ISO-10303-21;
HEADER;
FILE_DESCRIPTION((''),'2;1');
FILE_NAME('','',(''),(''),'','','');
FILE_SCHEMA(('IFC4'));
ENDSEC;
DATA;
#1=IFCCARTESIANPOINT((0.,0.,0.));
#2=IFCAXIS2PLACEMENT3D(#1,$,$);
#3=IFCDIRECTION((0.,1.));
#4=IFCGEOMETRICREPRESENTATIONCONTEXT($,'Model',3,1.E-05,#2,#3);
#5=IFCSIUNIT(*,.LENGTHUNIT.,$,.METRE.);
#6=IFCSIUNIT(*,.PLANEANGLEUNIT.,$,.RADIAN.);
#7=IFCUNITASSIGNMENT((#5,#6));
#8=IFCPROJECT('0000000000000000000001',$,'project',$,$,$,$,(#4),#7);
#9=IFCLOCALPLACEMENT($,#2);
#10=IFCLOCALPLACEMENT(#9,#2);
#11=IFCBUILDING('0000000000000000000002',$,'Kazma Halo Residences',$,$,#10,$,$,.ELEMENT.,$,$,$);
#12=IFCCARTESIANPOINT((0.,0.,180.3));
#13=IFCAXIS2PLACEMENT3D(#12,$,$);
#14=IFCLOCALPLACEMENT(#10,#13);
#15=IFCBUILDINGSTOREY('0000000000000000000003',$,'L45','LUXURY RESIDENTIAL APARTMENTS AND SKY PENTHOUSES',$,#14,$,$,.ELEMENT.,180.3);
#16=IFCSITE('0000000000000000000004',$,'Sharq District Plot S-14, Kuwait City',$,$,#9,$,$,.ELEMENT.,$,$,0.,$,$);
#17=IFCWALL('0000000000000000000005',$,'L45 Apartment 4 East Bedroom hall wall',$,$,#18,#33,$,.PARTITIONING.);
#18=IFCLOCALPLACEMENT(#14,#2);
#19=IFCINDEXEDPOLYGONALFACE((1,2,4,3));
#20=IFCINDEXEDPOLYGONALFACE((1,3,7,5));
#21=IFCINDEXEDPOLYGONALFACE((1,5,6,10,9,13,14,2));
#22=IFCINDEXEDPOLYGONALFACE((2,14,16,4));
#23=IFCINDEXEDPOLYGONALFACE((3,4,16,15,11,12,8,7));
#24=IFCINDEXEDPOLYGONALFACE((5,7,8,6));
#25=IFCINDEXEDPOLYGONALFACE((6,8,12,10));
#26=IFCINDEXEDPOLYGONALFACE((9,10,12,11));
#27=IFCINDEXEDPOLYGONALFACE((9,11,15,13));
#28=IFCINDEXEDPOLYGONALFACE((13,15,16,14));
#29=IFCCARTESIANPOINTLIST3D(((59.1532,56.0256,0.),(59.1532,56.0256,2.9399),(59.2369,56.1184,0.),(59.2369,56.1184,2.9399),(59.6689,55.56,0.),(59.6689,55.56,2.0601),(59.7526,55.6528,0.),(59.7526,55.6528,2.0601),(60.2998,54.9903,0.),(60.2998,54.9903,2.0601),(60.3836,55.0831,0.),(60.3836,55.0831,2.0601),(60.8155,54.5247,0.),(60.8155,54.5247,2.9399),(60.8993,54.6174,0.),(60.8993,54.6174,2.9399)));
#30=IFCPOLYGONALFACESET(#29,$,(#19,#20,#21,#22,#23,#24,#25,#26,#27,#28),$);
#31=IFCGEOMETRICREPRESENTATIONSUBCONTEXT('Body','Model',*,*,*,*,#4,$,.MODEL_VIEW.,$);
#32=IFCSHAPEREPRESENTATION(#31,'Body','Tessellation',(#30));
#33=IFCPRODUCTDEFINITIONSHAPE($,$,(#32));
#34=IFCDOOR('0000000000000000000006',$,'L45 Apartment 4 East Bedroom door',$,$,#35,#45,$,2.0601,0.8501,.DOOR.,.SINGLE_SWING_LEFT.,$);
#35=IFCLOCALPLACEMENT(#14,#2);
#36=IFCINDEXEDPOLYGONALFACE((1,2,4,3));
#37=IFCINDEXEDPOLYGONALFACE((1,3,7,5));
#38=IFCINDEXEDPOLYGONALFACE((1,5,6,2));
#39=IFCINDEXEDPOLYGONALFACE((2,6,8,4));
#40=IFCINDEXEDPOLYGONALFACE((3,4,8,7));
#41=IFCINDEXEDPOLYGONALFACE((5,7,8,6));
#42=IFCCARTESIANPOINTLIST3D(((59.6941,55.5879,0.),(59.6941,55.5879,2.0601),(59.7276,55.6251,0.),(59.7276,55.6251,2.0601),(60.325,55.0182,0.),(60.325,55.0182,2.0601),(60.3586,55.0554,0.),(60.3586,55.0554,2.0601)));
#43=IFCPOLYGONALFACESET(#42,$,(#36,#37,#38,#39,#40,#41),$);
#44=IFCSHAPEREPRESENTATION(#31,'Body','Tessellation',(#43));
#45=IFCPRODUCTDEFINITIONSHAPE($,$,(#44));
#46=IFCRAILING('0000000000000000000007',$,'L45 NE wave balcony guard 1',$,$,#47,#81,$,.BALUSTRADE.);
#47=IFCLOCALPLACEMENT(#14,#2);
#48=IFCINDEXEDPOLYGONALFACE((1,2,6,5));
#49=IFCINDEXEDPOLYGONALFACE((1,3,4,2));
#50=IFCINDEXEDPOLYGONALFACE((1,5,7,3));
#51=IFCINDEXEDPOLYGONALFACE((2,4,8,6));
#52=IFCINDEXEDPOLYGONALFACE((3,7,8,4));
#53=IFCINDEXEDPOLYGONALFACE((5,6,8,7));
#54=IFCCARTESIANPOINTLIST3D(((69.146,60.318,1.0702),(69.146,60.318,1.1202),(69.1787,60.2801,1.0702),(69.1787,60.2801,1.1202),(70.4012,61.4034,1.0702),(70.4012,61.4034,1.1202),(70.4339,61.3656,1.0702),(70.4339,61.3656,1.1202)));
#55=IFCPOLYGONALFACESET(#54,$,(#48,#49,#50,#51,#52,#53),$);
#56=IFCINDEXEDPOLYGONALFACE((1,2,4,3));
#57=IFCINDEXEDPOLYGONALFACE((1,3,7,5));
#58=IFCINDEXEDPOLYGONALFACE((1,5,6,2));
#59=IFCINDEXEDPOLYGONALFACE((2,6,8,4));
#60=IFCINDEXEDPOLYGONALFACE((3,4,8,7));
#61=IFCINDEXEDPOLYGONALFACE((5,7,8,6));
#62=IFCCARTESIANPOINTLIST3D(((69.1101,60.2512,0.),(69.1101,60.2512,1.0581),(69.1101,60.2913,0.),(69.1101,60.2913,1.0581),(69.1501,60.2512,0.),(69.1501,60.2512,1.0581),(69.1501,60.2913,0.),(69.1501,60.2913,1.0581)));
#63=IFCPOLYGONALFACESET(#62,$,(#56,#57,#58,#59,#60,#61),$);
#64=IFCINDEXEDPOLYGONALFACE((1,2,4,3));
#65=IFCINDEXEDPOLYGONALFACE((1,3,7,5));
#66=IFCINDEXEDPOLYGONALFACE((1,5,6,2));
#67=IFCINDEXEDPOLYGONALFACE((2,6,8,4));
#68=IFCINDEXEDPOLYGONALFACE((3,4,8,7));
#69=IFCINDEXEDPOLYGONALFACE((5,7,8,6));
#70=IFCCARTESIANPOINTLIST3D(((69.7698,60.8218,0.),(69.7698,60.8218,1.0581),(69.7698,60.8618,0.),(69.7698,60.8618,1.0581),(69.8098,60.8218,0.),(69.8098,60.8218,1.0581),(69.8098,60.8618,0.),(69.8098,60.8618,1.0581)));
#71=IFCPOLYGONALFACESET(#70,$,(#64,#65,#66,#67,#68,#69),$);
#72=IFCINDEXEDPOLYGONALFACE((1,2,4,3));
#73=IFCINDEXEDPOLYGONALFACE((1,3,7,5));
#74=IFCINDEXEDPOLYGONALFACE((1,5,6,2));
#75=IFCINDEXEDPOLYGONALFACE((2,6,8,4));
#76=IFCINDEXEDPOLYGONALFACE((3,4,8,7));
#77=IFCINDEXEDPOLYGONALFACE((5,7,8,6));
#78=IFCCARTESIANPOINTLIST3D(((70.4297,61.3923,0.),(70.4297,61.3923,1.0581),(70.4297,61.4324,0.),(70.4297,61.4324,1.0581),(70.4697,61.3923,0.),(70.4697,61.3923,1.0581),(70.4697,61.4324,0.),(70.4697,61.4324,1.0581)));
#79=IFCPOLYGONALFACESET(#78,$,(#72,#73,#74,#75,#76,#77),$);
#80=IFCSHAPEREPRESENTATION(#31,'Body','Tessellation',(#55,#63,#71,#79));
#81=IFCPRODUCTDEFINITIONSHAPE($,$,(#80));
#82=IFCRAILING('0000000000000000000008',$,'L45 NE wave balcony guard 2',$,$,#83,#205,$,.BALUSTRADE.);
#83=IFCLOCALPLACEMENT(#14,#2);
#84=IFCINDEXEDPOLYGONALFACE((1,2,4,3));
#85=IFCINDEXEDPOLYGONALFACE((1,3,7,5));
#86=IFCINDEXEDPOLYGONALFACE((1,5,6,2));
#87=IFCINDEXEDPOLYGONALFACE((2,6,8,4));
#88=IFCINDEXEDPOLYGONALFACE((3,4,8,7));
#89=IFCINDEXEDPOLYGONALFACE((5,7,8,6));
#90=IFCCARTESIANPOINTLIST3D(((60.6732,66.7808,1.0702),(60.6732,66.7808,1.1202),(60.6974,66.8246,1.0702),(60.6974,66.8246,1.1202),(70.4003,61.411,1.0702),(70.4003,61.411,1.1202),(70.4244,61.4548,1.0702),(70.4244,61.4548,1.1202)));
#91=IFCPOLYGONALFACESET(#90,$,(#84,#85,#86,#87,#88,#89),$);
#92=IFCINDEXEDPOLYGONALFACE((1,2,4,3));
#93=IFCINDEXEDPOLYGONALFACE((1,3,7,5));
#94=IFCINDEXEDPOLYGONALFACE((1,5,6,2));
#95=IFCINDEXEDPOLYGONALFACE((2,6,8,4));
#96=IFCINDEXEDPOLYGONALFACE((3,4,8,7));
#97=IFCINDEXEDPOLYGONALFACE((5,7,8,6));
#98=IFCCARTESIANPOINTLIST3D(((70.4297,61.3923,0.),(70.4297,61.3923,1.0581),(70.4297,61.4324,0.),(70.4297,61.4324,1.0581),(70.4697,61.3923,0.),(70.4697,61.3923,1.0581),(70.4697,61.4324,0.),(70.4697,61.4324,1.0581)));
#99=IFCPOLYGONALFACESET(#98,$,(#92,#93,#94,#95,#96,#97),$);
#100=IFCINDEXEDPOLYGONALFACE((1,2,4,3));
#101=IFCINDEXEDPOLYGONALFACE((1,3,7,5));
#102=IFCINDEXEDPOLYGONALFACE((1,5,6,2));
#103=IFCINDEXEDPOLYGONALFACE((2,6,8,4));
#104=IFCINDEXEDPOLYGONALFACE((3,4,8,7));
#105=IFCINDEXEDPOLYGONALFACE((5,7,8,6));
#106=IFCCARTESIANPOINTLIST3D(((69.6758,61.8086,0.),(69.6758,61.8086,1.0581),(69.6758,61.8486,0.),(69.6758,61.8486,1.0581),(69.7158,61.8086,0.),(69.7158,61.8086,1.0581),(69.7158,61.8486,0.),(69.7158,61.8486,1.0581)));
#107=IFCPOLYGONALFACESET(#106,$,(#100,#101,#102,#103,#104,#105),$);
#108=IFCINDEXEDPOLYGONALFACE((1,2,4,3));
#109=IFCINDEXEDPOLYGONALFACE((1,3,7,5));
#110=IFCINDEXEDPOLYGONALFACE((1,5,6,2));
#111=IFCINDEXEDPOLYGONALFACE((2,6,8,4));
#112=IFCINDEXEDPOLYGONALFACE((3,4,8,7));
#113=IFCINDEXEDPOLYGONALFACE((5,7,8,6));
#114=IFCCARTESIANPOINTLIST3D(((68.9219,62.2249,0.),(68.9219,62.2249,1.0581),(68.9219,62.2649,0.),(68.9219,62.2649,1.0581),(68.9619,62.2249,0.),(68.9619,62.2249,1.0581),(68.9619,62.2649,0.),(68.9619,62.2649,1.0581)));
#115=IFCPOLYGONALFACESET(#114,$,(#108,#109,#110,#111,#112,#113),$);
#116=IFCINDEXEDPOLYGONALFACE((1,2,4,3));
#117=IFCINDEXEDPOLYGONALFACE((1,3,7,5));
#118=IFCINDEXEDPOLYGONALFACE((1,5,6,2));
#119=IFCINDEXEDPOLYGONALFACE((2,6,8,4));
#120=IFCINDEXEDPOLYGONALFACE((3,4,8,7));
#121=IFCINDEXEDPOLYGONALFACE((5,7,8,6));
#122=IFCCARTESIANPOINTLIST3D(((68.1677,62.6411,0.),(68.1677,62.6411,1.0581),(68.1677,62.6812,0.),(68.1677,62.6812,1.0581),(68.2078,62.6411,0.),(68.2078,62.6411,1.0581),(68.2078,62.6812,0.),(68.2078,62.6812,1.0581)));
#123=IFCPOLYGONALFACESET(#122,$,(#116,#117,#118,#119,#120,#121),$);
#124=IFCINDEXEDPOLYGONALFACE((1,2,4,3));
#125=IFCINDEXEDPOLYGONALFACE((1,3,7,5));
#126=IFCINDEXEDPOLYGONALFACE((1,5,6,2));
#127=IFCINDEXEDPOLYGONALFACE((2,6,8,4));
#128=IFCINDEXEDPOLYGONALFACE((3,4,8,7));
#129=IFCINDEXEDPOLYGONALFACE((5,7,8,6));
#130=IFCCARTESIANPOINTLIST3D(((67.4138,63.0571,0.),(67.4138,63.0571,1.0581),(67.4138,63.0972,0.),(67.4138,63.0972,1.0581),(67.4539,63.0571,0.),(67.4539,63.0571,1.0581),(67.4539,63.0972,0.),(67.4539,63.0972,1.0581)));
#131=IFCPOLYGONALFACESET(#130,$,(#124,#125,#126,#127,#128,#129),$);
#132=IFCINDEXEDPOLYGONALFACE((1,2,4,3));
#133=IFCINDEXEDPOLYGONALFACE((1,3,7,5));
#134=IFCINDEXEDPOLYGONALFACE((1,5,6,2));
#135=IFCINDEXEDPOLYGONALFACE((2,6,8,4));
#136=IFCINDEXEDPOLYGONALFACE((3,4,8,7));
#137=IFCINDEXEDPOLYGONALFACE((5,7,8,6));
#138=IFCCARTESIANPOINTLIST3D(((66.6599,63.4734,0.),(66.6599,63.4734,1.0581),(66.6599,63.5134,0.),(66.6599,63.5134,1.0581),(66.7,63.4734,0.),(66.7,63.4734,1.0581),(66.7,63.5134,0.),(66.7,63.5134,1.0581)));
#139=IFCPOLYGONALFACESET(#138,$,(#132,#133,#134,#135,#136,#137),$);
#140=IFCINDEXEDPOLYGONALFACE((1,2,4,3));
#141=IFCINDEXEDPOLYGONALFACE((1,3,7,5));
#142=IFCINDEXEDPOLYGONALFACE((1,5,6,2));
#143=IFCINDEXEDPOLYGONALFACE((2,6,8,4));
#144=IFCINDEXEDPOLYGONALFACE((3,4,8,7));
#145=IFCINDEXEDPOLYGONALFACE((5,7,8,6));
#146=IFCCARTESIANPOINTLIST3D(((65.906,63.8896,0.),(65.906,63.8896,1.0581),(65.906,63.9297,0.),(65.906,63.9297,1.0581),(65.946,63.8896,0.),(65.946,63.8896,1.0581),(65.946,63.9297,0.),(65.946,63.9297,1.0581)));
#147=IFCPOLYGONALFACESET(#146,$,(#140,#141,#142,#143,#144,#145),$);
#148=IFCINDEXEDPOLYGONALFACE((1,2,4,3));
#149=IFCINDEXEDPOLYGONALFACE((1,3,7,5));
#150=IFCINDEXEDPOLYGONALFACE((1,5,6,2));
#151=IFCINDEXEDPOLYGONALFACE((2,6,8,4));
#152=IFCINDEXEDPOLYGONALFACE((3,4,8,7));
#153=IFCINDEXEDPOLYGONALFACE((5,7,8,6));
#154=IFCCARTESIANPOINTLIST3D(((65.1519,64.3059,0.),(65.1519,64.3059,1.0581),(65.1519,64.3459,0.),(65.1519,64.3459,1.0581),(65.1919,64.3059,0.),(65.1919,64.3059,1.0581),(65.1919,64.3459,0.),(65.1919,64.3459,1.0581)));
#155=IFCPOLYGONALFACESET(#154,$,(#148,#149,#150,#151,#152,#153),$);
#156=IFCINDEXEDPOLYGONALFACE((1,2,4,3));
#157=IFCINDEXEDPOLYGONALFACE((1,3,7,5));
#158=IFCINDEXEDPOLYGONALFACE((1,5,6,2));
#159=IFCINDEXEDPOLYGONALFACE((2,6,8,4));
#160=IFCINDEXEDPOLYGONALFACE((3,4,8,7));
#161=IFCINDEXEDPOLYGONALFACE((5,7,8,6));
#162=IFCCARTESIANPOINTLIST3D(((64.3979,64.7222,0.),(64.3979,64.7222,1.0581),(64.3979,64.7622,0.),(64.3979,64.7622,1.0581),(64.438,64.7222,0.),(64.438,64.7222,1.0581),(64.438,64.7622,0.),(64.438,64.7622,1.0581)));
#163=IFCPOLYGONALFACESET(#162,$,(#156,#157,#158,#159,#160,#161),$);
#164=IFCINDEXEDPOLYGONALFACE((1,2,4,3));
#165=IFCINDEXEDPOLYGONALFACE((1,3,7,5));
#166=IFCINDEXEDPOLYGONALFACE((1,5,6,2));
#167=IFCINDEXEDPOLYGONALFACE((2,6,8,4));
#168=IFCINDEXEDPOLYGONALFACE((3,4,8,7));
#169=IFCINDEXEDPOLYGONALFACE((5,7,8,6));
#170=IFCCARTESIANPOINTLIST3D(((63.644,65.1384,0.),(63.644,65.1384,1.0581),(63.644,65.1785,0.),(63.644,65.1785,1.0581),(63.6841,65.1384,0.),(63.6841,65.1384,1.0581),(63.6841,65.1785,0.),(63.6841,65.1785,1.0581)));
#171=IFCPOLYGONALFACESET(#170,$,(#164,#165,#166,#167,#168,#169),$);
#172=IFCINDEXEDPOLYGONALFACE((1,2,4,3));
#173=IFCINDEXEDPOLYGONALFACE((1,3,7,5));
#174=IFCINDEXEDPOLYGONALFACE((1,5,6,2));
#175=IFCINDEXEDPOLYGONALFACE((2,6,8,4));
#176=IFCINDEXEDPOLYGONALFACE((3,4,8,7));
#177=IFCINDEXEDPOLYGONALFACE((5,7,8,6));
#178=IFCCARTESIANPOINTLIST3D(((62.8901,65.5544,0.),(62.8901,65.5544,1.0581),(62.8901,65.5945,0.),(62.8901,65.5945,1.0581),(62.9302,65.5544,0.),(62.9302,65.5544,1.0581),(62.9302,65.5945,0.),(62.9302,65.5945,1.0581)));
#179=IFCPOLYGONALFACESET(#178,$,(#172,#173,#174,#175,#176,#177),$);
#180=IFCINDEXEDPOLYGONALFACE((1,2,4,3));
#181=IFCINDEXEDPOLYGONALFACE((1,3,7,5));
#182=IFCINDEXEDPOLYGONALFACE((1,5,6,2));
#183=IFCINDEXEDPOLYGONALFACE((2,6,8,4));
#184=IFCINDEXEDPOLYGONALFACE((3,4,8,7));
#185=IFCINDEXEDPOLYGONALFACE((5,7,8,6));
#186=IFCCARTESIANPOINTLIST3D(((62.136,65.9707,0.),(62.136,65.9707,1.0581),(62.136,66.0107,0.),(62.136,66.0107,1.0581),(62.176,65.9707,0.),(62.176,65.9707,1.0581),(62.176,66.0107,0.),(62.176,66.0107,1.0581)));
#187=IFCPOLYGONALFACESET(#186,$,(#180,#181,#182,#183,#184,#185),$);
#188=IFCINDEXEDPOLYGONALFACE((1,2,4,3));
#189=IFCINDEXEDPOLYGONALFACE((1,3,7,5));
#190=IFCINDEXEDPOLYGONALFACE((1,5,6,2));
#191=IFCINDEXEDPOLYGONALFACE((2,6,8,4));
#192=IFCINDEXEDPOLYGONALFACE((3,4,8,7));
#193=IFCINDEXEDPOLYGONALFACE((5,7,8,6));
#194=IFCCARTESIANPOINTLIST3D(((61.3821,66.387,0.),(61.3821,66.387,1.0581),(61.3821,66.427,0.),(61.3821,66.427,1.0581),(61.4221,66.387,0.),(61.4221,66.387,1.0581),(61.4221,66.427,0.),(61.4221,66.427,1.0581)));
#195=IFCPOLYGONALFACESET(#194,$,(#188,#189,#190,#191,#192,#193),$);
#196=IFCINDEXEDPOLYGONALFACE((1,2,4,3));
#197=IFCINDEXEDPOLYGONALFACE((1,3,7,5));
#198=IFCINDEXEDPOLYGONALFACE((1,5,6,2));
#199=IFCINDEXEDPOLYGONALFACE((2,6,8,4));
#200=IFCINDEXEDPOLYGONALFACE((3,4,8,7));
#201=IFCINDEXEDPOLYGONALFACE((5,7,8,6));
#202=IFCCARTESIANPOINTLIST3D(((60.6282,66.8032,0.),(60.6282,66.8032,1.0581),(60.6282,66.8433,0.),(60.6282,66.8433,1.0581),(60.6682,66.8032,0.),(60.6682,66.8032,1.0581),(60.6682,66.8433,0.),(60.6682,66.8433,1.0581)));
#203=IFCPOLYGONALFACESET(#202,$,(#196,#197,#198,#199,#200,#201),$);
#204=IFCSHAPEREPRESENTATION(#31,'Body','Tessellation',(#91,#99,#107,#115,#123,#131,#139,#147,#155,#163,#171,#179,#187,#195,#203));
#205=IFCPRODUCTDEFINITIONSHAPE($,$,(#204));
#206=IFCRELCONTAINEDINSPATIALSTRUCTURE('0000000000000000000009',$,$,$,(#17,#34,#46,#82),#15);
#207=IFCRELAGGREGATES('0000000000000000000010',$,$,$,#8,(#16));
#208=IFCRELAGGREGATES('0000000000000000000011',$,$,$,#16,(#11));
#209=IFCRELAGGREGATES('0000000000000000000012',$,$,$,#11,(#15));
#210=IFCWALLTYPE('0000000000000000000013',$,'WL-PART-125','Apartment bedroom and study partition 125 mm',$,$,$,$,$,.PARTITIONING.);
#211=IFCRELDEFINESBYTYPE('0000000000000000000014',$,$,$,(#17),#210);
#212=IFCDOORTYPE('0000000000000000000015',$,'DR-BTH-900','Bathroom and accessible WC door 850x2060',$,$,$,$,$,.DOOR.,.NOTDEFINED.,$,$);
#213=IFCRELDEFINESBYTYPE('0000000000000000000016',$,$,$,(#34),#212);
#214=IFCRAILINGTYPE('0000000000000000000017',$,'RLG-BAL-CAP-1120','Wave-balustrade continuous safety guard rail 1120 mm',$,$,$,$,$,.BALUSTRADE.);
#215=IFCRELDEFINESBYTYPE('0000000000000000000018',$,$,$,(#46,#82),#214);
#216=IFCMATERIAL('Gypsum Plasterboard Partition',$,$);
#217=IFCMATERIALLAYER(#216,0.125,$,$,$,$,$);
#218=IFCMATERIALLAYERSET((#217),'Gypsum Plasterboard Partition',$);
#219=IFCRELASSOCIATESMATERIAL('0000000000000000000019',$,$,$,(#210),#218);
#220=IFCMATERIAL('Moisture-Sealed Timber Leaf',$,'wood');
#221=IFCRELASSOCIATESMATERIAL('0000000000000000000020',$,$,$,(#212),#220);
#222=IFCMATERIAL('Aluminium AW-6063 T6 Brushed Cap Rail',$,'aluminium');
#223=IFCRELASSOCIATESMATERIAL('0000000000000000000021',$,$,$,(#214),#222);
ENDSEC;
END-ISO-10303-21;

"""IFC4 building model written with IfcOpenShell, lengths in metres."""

from ifc_helpers import new_model, si_unit, direction, frame, frame_2d, origin, origin_2d, place, context, subcontext, project, spatial, rectangle, extrude, material, layer, layer_set, type_object, element, fill, save


model = new_model("IFC4")

# Units and contexts
model_context = context("Model", 3, precision=1e-05, world=origin(), true_north=direction((0.0, 1.0)))
body_context = subcontext(model_context, "Body", "Model", "MODEL_VIEW")
ifc_project = project(units=[si_unit("LENGTHUNIT", "METRE"), si_unit("PLANEANGLEUNIT", "RADIAN")], contexts=[model_context])

# Site, building, storey
site_placement = place(None, origin())
site = spatial("IfcSite", under=ifc_project, at=site_placement, Name="Sharq District Plot S-14, Kuwait City", CompositionType="ELEMENT", RefElevation=0.0)
building_placement = place(site_placement, origin())
building = spatial("IfcBuilding", under=site, at=building_placement, Name="Kazma Halo Residences", CompositionType="ELEMENT")
storey_placement = place(building_placement, frame((0.0, 0.0, 180.3)))
storey = spatial("IfcBuildingStorey", under=building, at=storey_placement, Name="L45", Description="LUXURY RESIDENTIAL APARTMENTS AND SKY PENTHOUSES", CompositionType="ELEMENT", Elevation=180.3)

# Shared definitions
ifc_material_1 = material(Name="Gypsum Plasterboard Partition")
ifc_layer_1 = layer(ifc_material_1, 0.125)
ifc_layer_set_1 = layer_set([ifc_layer_1], Name="Gypsum Plasterboard Partition")
wall_type_1 = type_object("IfcWallType", Name="WL-PART-125", Description="Apartment bedroom and study partition 125 mm", PredefinedType="PARTITIONING", material=ifc_layer_set_1)

# Wall, opening, door
wall_1_placement = place(storey_placement, frame((60.8574, 54.571, 0.0), z_axis=(0.0, 0.0, 1.0), x_axis=(-0.742215, 0.670162, 0.0)))
wall_1 = element("IfcWall", 1, at=wall_1_placement, inside=storey, type_object=wall_type_1, Name="L45 Apartment 4 East Bedroom hall wall", PredefinedType="PARTITIONING", context=body_context, shape_type="SweptSolid", body=[
    extrude(rectangle(XDim=2.2397, YDim=0.125, at=frame_2d((1.1199, 0.0))), origin(), (0.0, 0.0, 1.0), 2.9399),
])
opening_1_placement = place(wall_1_placement, frame((0.6948, 0.0, 0.0)))
opening_1 = element("IfcOpeningElement", 2, at=opening_1_placement, cuts=wall_1, PredefinedType="OPENING", context=body_context, shape_type="SweptSolid", body=[
    extrude(rectangle(XDim=0.8501, YDim=2.0601, at=frame_2d((0.425, 1.03))), frame((0.0, 0.0725, 0.0), z_axis=(0.0, -1.0, 0.0), x_axis=(1.0, 0.0, 0.0)), (0.0, 0.0, 1.0), 0.145),
])
ifc_material_2 = material(Name="Moisture-Sealed Timber Leaf", Category="wood")
door_type_1 = type_object("IfcDoorType", Name="DR-BTH-900", Description="Bathroom and accessible WC door 850x2060", OperationType="NOTDEFINED", PredefinedType="DOOR", material=ifc_material_2)
door_1_placement = place(opening_1_placement, origin())
door_1 = element("IfcDoor", 3, at=door_1_placement, inside=storey, type_object=door_type_1, Name="L45 Apartment 4 East Bedroom door", OperationType="SINGLE_SWING_LEFT", OverallHeight=2.0601, OverallWidth=0.8501, PredefinedType="DOOR", context=body_context, shape_type="SweptSolid", body=[
    extrude(rectangle(XDim=0.8501, YDim=2.0601, at=frame_2d((0.425, 1.03))), frame((0.0, 0.0249, 0.0), z_axis=(0.0, -1.0, 0.0), x_axis=(1.0, 0.0, 0.0)), (0.0, 0.0, 1.0), 0.05),
])
fill(opening_1, door_1)

# Railings
ifc_material_3 = material(Name="Aluminium AW-6063 T6 Brushed Cap Rail", Category="aluminium")
railing_type = type_object("IfcRailingType", Name="RLG-BAL-CAP-1120", Description="Wave-balustrade continuous safety guard rail 1120 mm", PredefinedType="BALUSTRADE", material=ifc_material_3)
railing_1_placement = place(storey_placement, frame((69.1301, 60.2712, 0.0)))
element("IfcRailing", 4, at=railing_1_placement, inside=storey, type_object=railing_type, Name="L45 NE wave balcony guard 1", PredefinedType="BALUSTRADE", context=body_context, shape_type="SweptSolid", body=[
    extrude(rectangle(XDim=0.05, YDim=0.05, at=origin_2d()), frame((0.0322, 0.0278, 1.0952), z_axis=(0.756404, 0.654104, 0.0), x_axis=(-0.654104, 0.756404, 0.0)), (0.0, 0.0, 1.0), 1.6594),
    extrude(rectangle(XDim=0.04, YDim=0.04, at=origin_2d()), origin(), (0.0, 0.0, 1.0), 1.0581),
    extrude(rectangle(XDim=0.04, YDim=0.04, at=origin_2d()), frame((0.6597, 0.5706, 0.0)), (0.0, 0.0, 1.0), 1.0581),
    extrude(rectangle(XDim=0.04, YDim=0.04, at=origin_2d()), frame((1.3196, 1.1411, 0.0)), (0.0, 0.0, 1.0), 1.0581),
])
railing_2_placement = place(storey_placement, frame((70.4497, 61.4124, 0.0)))
element("IfcRailing", 5, at=railing_2_placement, inside=storey, type_object=railing_type, Name="L45 NE wave balcony guard 2", PredefinedType="BALUSTRADE", context=body_context, shape_type="SweptSolid", body=[
    extrude(rectangle(XDim=0.05, YDim=0.05, at=origin_2d()), frame((-0.0374, 0.0205, 1.0952), z_axis=(-0.875458, 0.483294, 0.0), x_axis=(-0.483294, -0.875458, 0.0)), (0.0, 0.0, 1.0), 11.1108),
    extrude(rectangle(XDim=0.04, YDim=0.04, at=origin_2d()), origin(), (0.0, 0.0, 1.0), 1.0581),
    extrude(rectangle(XDim=0.04, YDim=0.04, at=origin_2d()), frame((-0.7539, 0.4163, 0.0)), (0.0, 0.0, 1.0), 1.0581),
    extrude(rectangle(XDim=0.04, YDim=0.04, at=origin_2d()), frame((-1.5078, 0.8325, 0.0)), (0.0, 0.0, 1.0), 1.0581),
    extrude(rectangle(XDim=0.04, YDim=0.04, at=origin_2d()), frame((-2.262, 1.2488, 0.0)), (0.0, 0.0, 1.0), 1.0581),
    extrude(rectangle(XDim=0.04, YDim=0.04, at=origin_2d()), frame((-3.0159, 1.6648, 0.0)), (0.0, 0.0, 1.0), 1.0581),
    extrude(rectangle(XDim=0.04, YDim=0.04, at=origin_2d()), frame((-3.7698, 2.0811, 0.0)), (0.0, 0.0, 1.0), 1.0581),
    extrude(rectangle(XDim=0.04, YDim=0.04, at=origin_2d()), frame((-4.5237, 2.4973, 0.0)), (0.0, 0.0, 1.0), 1.0581),
    extrude(rectangle(XDim=0.04, YDim=0.04, at=origin_2d()), frame((-5.2778, 2.9136, 0.0)), (0.0, 0.0, 1.0), 1.0581),
    extrude(rectangle(XDim=0.04, YDim=0.04, at=origin_2d()), frame((-6.0317, 3.3298, 0.0)), (0.0, 0.0, 1.0), 1.0581),
    extrude(rectangle(XDim=0.04, YDim=0.04, at=origin_2d()), frame((-6.7856, 3.7461, 0.0)), (0.0, 0.0, 1.0), 1.0581),
    extrude(rectangle(XDim=0.04, YDim=0.04, at=origin_2d()), frame((-7.5396, 4.1621, 0.0)), (0.0, 0.0, 1.0), 1.0581),
    extrude(rectangle(XDim=0.04, YDim=0.04, at=origin_2d()), frame((-8.2937, 4.5784, 0.0)), (0.0, 0.0, 1.0), 1.0581),
    extrude(rectangle(XDim=0.04, YDim=0.04, at=origin_2d()), frame((-9.0476, 4.9946, 0.0)), (0.0, 0.0, 1.0), 1.0581),
    extrude(rectangle(XDim=0.04, YDim=0.04, at=origin_2d()), frame((-9.8015, 5.4109, 0.0)), (0.0, 0.0, 1.0), 1.0581),
])

save(model, "model.ifc")
